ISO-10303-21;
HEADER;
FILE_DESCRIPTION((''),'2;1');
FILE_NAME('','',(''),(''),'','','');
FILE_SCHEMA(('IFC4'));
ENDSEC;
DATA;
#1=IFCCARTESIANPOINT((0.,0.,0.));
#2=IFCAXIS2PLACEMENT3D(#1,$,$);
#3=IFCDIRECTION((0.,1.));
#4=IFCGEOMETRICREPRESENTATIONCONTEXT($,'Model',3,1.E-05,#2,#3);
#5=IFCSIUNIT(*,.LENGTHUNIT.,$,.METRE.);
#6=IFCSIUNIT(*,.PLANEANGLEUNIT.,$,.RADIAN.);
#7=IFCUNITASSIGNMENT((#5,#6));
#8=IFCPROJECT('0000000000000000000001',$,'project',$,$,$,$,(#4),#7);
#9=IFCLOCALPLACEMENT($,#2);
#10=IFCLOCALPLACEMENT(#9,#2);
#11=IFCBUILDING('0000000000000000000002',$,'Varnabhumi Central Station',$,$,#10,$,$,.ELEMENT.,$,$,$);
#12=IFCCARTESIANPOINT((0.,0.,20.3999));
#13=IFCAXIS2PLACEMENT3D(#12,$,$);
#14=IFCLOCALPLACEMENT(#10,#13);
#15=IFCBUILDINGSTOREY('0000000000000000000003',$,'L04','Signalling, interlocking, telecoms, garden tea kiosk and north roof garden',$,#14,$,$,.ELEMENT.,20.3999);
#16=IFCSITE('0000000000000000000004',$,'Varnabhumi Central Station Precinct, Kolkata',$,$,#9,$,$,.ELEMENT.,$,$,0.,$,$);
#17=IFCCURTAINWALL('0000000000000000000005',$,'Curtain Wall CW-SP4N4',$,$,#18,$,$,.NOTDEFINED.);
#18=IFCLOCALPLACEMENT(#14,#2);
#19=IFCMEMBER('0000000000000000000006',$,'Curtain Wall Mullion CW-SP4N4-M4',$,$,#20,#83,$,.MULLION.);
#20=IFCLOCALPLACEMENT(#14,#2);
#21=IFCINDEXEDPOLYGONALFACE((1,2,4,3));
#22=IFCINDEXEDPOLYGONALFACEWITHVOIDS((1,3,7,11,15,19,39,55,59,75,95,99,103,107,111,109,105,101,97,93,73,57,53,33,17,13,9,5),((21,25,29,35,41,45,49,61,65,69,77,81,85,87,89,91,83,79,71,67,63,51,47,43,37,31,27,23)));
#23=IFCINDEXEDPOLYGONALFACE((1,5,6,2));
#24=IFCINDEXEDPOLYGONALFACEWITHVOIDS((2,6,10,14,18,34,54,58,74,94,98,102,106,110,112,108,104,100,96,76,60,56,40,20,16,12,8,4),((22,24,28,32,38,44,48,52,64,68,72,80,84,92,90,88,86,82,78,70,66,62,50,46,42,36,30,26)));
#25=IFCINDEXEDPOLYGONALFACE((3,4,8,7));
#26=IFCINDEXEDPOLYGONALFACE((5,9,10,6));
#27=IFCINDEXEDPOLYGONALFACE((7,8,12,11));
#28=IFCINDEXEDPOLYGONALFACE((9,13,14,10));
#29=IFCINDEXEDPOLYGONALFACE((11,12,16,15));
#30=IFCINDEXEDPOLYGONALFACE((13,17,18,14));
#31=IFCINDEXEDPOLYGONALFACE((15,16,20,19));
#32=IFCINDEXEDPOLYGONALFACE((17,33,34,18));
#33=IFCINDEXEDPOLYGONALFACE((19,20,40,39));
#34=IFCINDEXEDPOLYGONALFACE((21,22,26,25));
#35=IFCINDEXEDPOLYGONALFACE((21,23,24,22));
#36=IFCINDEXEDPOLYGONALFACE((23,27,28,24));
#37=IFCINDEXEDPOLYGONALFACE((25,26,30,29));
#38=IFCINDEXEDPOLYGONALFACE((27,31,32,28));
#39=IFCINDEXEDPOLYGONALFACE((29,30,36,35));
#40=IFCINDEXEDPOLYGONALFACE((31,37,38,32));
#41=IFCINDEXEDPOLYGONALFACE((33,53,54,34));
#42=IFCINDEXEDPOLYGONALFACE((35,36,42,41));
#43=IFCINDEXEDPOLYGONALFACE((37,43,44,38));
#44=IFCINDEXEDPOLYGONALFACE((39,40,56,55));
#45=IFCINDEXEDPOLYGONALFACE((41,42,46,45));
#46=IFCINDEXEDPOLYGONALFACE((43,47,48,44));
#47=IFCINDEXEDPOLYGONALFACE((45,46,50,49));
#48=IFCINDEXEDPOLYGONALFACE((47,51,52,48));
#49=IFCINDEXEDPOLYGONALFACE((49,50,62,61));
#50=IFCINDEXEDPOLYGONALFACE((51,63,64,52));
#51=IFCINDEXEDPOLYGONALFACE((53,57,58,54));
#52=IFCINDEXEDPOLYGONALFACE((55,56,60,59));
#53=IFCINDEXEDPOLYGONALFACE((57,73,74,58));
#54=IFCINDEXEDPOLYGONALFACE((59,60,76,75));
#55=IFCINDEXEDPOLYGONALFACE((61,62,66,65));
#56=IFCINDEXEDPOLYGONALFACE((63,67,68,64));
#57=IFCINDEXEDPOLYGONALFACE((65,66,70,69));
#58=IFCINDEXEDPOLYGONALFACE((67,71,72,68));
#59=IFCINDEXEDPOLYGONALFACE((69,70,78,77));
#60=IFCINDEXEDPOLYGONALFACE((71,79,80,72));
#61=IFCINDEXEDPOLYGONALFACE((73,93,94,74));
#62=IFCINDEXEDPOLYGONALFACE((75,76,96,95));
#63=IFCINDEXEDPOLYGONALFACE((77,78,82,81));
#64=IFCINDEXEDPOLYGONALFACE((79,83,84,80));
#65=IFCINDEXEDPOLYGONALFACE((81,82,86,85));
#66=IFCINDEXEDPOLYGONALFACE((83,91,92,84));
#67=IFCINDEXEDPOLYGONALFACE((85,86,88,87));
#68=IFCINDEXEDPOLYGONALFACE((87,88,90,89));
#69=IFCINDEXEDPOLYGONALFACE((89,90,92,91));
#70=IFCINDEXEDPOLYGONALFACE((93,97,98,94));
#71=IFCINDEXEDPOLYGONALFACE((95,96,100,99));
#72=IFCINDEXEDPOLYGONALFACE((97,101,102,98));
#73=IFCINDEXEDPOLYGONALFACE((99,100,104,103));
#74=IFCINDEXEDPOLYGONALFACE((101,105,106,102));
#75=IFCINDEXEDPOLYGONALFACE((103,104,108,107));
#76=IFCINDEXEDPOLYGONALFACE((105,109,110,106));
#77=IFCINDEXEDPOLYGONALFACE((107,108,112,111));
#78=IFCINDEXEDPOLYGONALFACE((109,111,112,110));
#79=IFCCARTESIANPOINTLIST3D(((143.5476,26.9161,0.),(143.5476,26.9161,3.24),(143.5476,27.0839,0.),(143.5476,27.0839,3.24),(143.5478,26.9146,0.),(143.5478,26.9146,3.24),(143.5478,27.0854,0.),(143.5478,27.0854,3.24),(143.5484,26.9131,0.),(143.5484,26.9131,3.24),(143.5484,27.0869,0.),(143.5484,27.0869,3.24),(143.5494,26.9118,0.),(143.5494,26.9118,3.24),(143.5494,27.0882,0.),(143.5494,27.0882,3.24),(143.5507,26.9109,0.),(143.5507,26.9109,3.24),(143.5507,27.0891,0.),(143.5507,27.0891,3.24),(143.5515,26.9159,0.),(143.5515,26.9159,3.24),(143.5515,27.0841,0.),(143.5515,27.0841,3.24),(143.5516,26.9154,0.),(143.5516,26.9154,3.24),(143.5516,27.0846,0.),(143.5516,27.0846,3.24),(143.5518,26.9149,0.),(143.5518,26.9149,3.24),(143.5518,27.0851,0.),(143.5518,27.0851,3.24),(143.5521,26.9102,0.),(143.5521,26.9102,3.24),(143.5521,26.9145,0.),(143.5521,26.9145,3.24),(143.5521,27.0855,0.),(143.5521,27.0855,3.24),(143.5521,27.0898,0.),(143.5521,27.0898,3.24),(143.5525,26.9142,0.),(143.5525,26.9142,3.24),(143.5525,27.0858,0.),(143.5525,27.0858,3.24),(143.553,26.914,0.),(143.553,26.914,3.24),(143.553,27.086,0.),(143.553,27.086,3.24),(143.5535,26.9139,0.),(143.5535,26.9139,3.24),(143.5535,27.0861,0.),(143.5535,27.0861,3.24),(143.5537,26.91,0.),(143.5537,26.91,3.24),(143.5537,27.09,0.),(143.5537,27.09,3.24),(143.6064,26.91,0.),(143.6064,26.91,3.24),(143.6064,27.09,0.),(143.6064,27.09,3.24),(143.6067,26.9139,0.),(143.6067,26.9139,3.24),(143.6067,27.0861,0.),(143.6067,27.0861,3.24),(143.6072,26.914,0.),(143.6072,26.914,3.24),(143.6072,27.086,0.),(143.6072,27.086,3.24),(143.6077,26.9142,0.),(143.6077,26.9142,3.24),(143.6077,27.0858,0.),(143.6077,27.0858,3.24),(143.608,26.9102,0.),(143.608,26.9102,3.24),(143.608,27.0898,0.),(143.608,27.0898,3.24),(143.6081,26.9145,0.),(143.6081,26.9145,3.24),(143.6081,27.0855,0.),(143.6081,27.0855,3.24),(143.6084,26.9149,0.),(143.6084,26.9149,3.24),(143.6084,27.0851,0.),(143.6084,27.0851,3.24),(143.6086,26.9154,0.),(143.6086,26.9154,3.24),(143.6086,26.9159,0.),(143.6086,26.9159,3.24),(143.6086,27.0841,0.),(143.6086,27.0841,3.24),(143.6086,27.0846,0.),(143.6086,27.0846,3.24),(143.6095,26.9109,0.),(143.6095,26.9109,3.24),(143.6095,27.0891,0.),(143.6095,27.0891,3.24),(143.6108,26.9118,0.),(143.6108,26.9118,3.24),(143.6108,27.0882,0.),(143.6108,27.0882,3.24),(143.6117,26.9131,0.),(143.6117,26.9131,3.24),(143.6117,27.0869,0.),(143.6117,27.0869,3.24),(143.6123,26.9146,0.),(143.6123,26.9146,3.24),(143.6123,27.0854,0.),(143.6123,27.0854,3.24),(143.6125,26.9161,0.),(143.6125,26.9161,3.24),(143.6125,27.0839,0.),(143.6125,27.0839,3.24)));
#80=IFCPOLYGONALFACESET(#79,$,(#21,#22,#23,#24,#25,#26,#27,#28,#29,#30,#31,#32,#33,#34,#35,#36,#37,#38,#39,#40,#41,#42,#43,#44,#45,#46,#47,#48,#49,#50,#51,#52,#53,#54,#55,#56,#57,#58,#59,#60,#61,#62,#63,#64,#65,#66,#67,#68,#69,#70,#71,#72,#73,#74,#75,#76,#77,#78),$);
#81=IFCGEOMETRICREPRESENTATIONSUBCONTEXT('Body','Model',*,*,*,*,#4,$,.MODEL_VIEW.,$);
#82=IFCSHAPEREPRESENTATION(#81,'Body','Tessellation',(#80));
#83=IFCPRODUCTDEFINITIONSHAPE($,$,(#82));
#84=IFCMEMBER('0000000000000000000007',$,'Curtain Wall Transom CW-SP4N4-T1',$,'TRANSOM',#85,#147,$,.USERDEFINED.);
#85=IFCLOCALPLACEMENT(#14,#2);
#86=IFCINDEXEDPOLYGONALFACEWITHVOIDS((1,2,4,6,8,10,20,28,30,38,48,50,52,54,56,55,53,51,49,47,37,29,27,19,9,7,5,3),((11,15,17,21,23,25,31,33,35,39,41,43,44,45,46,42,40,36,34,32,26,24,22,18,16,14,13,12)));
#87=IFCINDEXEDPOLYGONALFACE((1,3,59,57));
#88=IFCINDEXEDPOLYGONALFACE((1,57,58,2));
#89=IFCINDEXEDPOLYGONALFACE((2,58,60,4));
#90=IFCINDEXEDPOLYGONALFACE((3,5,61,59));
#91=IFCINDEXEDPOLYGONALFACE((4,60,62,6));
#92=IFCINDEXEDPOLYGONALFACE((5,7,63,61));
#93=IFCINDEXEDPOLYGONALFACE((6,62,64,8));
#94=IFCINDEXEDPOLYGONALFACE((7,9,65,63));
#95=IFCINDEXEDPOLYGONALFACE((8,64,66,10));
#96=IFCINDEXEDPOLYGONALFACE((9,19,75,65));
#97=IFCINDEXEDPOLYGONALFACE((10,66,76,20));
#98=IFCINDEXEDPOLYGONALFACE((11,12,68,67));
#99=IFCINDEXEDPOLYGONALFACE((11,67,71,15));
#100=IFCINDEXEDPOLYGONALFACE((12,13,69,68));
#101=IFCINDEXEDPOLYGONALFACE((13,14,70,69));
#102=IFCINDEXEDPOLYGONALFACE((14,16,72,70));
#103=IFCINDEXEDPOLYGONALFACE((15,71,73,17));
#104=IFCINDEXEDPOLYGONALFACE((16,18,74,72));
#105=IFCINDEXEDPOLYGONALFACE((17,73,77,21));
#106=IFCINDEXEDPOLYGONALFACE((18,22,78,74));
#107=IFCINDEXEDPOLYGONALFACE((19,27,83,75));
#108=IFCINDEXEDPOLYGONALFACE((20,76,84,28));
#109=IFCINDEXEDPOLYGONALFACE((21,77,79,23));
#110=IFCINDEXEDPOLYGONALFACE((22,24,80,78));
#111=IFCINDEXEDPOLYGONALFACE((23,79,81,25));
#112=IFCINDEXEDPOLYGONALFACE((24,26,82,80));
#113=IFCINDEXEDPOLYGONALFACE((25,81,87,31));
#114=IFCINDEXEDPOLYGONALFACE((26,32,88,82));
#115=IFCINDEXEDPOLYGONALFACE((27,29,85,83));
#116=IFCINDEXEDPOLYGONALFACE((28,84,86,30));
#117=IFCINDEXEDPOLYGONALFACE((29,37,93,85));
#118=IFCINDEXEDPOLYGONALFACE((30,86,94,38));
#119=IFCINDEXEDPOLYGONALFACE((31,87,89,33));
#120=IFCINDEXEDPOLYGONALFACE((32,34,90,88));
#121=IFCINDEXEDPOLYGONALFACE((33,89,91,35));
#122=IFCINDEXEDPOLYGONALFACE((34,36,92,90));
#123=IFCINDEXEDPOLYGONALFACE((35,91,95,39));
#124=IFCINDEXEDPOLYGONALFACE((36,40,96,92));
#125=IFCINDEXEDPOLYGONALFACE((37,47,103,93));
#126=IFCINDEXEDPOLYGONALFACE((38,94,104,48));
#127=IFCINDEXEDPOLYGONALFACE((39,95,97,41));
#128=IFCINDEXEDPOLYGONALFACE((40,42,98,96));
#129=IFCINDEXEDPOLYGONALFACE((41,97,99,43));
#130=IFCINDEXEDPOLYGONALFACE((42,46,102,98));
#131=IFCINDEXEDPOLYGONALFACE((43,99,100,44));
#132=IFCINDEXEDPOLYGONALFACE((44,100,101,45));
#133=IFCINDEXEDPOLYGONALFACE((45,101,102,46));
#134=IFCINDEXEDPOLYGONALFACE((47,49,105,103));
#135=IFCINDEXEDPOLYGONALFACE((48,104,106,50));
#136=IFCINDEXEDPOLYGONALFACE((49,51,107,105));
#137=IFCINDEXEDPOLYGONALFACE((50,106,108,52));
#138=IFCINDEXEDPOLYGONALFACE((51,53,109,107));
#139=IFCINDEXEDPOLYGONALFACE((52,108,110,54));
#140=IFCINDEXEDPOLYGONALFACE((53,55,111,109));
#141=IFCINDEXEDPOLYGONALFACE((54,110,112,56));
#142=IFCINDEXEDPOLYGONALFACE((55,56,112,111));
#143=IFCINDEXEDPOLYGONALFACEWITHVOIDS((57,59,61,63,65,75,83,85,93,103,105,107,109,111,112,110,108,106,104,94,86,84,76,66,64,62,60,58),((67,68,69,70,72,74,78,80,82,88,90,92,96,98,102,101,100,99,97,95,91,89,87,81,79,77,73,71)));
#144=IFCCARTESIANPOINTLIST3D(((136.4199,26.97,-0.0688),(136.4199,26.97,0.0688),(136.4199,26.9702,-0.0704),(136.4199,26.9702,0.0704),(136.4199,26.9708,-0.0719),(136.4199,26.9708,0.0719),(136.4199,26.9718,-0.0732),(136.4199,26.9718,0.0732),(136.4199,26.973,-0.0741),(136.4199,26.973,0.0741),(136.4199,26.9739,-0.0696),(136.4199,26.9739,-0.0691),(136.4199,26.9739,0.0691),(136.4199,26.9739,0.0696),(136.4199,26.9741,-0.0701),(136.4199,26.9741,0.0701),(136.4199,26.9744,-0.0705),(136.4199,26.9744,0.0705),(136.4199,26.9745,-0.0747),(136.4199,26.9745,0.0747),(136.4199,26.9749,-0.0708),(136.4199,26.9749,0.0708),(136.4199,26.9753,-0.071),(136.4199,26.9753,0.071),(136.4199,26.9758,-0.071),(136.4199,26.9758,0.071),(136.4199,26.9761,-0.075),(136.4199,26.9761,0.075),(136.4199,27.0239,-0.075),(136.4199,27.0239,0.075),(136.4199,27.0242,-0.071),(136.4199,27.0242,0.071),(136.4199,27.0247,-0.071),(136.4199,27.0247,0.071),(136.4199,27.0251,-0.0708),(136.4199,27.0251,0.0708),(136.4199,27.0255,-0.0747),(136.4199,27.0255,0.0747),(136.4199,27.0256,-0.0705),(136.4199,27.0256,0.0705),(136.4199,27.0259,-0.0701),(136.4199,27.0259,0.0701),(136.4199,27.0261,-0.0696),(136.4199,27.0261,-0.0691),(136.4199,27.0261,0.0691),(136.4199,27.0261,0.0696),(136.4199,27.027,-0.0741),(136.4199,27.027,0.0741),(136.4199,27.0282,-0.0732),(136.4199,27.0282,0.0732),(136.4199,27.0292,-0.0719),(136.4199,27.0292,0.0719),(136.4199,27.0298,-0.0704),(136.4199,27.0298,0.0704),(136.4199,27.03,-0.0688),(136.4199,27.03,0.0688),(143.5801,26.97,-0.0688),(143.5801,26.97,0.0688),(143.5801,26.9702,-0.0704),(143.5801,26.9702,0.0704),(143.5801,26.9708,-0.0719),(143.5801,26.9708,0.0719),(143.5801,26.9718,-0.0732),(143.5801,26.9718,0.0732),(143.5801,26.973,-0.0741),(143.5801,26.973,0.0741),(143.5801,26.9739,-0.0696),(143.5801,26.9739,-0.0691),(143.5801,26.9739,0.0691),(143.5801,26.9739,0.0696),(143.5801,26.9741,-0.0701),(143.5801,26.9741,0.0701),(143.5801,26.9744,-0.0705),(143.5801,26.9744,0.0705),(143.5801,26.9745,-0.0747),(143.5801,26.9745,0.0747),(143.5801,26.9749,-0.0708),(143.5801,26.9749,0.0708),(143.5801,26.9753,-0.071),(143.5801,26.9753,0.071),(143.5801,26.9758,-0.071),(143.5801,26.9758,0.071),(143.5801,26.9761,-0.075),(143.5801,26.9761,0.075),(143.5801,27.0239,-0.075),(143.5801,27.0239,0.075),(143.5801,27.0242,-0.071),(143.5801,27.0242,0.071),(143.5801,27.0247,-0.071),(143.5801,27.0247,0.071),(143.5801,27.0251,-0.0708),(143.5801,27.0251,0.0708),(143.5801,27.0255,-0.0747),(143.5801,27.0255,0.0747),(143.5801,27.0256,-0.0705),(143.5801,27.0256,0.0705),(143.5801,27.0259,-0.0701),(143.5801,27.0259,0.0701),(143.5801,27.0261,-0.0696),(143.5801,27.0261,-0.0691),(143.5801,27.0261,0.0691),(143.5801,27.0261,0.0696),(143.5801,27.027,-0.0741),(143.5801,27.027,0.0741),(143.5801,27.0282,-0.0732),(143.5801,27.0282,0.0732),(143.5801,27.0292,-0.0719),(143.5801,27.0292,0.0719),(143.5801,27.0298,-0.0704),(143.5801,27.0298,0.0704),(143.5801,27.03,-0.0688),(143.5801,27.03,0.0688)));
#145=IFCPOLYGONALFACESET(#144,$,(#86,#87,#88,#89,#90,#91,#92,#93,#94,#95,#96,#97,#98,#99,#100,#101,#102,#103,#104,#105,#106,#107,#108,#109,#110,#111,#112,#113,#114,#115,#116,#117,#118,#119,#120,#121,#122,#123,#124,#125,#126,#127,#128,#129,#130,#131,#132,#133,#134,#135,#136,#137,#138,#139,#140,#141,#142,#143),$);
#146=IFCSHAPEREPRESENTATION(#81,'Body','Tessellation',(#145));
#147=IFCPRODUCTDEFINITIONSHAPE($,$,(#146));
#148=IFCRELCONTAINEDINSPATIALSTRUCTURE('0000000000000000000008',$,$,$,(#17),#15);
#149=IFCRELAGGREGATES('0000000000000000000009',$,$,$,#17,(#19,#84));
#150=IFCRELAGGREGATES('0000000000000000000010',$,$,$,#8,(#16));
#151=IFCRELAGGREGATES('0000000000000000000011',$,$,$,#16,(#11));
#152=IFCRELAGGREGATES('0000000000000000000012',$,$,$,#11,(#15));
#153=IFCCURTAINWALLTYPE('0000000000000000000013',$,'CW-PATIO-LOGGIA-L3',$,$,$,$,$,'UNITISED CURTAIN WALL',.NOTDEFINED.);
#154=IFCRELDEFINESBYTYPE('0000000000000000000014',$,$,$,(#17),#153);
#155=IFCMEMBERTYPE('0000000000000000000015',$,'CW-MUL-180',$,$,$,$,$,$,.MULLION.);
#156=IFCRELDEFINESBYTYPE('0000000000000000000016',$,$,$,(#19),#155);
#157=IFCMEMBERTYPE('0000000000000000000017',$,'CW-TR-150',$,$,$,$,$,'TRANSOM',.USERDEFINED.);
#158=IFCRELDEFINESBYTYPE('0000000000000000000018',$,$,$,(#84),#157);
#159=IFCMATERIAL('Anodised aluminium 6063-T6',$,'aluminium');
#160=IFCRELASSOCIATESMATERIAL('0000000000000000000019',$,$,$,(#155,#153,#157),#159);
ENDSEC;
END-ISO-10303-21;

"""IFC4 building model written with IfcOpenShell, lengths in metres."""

from ifc_helpers import new_model, si_unit, direction, frame, origin, origin_2d, place, context, subcontext, project, spatial, hollow_rectangle, extrude, material, material_profile, profile_set, type_object, element, aggregate, save


model = new_model("IFC4")

# Units and contexts
model_context = context("Model", 3, precision=1e-05, world=origin(), true_north=direction((0.0, 1.0)))
body_context = subcontext(model_context, "Body", "Model", "MODEL_VIEW")
ifc_project = project(units=[si_unit("LENGTHUNIT", "METRE"), si_unit("PLANEANGLEUNIT", "RADIAN")], contexts=[model_context])

# Site, building, storey
site_placement = place(None, origin())
site = spatial("IfcSite", under=ifc_project, at=site_placement, Name="Varnabhumi Central Station Precinct, Kolkata", CompositionType="ELEMENT", RefElevation=0.0)
building_placement = place(site_placement, origin())
building = spatial("IfcBuilding", under=site, at=building_placement, Name="Varnabhumi Central Station", CompositionType="ELEMENT")
storey_placement = place(building_placement, frame((0.0, 0.0, 20.3999)))
storey = spatial("IfcBuildingStorey", under=building, at=storey_placement, Name="L04", Description="Signalling, interlocking, telecoms, garden tea kiosk and north roof garden", CompositionType="ELEMENT", Elevation=20.3999)

# Shared definitions
ifc_material_1 = material(Name="Anodised aluminium 6063-T6", Category="aluminium")
ifc_material_profile_1 = material_profile(ifc_material_1, hollow_rectangle(XDim=0.0649, YDim=0.1799, WallThickness=0.0039, InnerFilletRadius=0.002, OuterFilletRadius=0.0061, at=origin_2d()), Name="Anodised aluminium 6063-T6", Category="aluminium")
ifc_profile_set_1 = profile_set([ifc_material_profile_1], Name="Anodised aluminium 6063-T6")
member_type_1 = type_object("IfcMemberType", Name="CW-MUL-180", PredefinedType="MULLION", material=ifc_profile_set_1)

# Curtain wall, members
curtain_wall_type_1 = type_object("IfcCurtainWallType", Name="CW-PATIO-LOGGIA-L3", ElementType="UNITISED CURTAIN WALL", PredefinedType="NOTDEFINED", material=ifc_material_1)
curtain_wall_1_placement = place(storey_placement, origin())
curtain_wall_1 = element("IfcCurtainWall", 1, at=curtain_wall_1_placement, inside=storey, type_object=curtain_wall_type_1, Name="Curtain Wall CW-SP4N4", PredefinedType="NOTDEFINED")
member_1_placement = place(storey_placement, frame((143.5801, 27.0, 0.0), z_axis=(0.0, 0.0, 1.0), x_axis=(1.0, 0.0, 0.0)))
member_1 = element("IfcMember", 2, at=member_1_placement, type_object=member_type_1, Name="Curtain Wall Mullion CW-SP4N4-M4", PredefinedType="MULLION", context=body_context, shape_type="SweptSolid", body=[
    extrude(hollow_rectangle(XDim=0.0649, YDim=0.1799, WallThickness=0.0039, InnerFilletRadius=0.002, OuterFilletRadius=0.0061, at=origin_2d()), origin(), (0.0, 0.0, 1.0), 3.24),
])
ifc_material_profile_2 = material_profile(ifc_material_1, hollow_rectangle(XDim=0.0601, YDim=0.1499, WallThickness=0.0039, InnerFilletRadius=0.002, OuterFilletRadius=0.0061, at=origin_2d()), Name="Anodised aluminium 6063-T6", Category="aluminium")
ifc_profile_set_2 = profile_set([ifc_material_profile_2], Name="Anodised aluminium 6063-T6")
member_type_2 = type_object("IfcMemberType", Name="CW-TR-150", ElementType="TRANSOM", PredefinedType="USERDEFINED", material=ifc_profile_set_2)
member_2_placement = place(storey_placement, frame((136.4199, 27.0, 0.0), z_axis=(1.0, 0.0, 0.0), x_axis=(0.0, 1.0, 0.0)))
member_2 = element("IfcMember", 3, at=member_2_placement, type_object=member_type_2, Name="Curtain Wall Transom CW-SP4N4-T1", ObjectType="TRANSOM", PredefinedType="USERDEFINED", context=body_context, shape_type="SweptSolid", body=[
    extrude(hollow_rectangle(XDim=0.0601, YDim=0.1499, WallThickness=0.0039, InnerFilletRadius=0.002, OuterFilletRadius=0.0061, at=origin_2d()), origin(), (0.0, 0.0, 1.0), 7.1602),
])

aggregate(curtain_wall_1, [member_1, member_2])

save(model, "model.ifc")
